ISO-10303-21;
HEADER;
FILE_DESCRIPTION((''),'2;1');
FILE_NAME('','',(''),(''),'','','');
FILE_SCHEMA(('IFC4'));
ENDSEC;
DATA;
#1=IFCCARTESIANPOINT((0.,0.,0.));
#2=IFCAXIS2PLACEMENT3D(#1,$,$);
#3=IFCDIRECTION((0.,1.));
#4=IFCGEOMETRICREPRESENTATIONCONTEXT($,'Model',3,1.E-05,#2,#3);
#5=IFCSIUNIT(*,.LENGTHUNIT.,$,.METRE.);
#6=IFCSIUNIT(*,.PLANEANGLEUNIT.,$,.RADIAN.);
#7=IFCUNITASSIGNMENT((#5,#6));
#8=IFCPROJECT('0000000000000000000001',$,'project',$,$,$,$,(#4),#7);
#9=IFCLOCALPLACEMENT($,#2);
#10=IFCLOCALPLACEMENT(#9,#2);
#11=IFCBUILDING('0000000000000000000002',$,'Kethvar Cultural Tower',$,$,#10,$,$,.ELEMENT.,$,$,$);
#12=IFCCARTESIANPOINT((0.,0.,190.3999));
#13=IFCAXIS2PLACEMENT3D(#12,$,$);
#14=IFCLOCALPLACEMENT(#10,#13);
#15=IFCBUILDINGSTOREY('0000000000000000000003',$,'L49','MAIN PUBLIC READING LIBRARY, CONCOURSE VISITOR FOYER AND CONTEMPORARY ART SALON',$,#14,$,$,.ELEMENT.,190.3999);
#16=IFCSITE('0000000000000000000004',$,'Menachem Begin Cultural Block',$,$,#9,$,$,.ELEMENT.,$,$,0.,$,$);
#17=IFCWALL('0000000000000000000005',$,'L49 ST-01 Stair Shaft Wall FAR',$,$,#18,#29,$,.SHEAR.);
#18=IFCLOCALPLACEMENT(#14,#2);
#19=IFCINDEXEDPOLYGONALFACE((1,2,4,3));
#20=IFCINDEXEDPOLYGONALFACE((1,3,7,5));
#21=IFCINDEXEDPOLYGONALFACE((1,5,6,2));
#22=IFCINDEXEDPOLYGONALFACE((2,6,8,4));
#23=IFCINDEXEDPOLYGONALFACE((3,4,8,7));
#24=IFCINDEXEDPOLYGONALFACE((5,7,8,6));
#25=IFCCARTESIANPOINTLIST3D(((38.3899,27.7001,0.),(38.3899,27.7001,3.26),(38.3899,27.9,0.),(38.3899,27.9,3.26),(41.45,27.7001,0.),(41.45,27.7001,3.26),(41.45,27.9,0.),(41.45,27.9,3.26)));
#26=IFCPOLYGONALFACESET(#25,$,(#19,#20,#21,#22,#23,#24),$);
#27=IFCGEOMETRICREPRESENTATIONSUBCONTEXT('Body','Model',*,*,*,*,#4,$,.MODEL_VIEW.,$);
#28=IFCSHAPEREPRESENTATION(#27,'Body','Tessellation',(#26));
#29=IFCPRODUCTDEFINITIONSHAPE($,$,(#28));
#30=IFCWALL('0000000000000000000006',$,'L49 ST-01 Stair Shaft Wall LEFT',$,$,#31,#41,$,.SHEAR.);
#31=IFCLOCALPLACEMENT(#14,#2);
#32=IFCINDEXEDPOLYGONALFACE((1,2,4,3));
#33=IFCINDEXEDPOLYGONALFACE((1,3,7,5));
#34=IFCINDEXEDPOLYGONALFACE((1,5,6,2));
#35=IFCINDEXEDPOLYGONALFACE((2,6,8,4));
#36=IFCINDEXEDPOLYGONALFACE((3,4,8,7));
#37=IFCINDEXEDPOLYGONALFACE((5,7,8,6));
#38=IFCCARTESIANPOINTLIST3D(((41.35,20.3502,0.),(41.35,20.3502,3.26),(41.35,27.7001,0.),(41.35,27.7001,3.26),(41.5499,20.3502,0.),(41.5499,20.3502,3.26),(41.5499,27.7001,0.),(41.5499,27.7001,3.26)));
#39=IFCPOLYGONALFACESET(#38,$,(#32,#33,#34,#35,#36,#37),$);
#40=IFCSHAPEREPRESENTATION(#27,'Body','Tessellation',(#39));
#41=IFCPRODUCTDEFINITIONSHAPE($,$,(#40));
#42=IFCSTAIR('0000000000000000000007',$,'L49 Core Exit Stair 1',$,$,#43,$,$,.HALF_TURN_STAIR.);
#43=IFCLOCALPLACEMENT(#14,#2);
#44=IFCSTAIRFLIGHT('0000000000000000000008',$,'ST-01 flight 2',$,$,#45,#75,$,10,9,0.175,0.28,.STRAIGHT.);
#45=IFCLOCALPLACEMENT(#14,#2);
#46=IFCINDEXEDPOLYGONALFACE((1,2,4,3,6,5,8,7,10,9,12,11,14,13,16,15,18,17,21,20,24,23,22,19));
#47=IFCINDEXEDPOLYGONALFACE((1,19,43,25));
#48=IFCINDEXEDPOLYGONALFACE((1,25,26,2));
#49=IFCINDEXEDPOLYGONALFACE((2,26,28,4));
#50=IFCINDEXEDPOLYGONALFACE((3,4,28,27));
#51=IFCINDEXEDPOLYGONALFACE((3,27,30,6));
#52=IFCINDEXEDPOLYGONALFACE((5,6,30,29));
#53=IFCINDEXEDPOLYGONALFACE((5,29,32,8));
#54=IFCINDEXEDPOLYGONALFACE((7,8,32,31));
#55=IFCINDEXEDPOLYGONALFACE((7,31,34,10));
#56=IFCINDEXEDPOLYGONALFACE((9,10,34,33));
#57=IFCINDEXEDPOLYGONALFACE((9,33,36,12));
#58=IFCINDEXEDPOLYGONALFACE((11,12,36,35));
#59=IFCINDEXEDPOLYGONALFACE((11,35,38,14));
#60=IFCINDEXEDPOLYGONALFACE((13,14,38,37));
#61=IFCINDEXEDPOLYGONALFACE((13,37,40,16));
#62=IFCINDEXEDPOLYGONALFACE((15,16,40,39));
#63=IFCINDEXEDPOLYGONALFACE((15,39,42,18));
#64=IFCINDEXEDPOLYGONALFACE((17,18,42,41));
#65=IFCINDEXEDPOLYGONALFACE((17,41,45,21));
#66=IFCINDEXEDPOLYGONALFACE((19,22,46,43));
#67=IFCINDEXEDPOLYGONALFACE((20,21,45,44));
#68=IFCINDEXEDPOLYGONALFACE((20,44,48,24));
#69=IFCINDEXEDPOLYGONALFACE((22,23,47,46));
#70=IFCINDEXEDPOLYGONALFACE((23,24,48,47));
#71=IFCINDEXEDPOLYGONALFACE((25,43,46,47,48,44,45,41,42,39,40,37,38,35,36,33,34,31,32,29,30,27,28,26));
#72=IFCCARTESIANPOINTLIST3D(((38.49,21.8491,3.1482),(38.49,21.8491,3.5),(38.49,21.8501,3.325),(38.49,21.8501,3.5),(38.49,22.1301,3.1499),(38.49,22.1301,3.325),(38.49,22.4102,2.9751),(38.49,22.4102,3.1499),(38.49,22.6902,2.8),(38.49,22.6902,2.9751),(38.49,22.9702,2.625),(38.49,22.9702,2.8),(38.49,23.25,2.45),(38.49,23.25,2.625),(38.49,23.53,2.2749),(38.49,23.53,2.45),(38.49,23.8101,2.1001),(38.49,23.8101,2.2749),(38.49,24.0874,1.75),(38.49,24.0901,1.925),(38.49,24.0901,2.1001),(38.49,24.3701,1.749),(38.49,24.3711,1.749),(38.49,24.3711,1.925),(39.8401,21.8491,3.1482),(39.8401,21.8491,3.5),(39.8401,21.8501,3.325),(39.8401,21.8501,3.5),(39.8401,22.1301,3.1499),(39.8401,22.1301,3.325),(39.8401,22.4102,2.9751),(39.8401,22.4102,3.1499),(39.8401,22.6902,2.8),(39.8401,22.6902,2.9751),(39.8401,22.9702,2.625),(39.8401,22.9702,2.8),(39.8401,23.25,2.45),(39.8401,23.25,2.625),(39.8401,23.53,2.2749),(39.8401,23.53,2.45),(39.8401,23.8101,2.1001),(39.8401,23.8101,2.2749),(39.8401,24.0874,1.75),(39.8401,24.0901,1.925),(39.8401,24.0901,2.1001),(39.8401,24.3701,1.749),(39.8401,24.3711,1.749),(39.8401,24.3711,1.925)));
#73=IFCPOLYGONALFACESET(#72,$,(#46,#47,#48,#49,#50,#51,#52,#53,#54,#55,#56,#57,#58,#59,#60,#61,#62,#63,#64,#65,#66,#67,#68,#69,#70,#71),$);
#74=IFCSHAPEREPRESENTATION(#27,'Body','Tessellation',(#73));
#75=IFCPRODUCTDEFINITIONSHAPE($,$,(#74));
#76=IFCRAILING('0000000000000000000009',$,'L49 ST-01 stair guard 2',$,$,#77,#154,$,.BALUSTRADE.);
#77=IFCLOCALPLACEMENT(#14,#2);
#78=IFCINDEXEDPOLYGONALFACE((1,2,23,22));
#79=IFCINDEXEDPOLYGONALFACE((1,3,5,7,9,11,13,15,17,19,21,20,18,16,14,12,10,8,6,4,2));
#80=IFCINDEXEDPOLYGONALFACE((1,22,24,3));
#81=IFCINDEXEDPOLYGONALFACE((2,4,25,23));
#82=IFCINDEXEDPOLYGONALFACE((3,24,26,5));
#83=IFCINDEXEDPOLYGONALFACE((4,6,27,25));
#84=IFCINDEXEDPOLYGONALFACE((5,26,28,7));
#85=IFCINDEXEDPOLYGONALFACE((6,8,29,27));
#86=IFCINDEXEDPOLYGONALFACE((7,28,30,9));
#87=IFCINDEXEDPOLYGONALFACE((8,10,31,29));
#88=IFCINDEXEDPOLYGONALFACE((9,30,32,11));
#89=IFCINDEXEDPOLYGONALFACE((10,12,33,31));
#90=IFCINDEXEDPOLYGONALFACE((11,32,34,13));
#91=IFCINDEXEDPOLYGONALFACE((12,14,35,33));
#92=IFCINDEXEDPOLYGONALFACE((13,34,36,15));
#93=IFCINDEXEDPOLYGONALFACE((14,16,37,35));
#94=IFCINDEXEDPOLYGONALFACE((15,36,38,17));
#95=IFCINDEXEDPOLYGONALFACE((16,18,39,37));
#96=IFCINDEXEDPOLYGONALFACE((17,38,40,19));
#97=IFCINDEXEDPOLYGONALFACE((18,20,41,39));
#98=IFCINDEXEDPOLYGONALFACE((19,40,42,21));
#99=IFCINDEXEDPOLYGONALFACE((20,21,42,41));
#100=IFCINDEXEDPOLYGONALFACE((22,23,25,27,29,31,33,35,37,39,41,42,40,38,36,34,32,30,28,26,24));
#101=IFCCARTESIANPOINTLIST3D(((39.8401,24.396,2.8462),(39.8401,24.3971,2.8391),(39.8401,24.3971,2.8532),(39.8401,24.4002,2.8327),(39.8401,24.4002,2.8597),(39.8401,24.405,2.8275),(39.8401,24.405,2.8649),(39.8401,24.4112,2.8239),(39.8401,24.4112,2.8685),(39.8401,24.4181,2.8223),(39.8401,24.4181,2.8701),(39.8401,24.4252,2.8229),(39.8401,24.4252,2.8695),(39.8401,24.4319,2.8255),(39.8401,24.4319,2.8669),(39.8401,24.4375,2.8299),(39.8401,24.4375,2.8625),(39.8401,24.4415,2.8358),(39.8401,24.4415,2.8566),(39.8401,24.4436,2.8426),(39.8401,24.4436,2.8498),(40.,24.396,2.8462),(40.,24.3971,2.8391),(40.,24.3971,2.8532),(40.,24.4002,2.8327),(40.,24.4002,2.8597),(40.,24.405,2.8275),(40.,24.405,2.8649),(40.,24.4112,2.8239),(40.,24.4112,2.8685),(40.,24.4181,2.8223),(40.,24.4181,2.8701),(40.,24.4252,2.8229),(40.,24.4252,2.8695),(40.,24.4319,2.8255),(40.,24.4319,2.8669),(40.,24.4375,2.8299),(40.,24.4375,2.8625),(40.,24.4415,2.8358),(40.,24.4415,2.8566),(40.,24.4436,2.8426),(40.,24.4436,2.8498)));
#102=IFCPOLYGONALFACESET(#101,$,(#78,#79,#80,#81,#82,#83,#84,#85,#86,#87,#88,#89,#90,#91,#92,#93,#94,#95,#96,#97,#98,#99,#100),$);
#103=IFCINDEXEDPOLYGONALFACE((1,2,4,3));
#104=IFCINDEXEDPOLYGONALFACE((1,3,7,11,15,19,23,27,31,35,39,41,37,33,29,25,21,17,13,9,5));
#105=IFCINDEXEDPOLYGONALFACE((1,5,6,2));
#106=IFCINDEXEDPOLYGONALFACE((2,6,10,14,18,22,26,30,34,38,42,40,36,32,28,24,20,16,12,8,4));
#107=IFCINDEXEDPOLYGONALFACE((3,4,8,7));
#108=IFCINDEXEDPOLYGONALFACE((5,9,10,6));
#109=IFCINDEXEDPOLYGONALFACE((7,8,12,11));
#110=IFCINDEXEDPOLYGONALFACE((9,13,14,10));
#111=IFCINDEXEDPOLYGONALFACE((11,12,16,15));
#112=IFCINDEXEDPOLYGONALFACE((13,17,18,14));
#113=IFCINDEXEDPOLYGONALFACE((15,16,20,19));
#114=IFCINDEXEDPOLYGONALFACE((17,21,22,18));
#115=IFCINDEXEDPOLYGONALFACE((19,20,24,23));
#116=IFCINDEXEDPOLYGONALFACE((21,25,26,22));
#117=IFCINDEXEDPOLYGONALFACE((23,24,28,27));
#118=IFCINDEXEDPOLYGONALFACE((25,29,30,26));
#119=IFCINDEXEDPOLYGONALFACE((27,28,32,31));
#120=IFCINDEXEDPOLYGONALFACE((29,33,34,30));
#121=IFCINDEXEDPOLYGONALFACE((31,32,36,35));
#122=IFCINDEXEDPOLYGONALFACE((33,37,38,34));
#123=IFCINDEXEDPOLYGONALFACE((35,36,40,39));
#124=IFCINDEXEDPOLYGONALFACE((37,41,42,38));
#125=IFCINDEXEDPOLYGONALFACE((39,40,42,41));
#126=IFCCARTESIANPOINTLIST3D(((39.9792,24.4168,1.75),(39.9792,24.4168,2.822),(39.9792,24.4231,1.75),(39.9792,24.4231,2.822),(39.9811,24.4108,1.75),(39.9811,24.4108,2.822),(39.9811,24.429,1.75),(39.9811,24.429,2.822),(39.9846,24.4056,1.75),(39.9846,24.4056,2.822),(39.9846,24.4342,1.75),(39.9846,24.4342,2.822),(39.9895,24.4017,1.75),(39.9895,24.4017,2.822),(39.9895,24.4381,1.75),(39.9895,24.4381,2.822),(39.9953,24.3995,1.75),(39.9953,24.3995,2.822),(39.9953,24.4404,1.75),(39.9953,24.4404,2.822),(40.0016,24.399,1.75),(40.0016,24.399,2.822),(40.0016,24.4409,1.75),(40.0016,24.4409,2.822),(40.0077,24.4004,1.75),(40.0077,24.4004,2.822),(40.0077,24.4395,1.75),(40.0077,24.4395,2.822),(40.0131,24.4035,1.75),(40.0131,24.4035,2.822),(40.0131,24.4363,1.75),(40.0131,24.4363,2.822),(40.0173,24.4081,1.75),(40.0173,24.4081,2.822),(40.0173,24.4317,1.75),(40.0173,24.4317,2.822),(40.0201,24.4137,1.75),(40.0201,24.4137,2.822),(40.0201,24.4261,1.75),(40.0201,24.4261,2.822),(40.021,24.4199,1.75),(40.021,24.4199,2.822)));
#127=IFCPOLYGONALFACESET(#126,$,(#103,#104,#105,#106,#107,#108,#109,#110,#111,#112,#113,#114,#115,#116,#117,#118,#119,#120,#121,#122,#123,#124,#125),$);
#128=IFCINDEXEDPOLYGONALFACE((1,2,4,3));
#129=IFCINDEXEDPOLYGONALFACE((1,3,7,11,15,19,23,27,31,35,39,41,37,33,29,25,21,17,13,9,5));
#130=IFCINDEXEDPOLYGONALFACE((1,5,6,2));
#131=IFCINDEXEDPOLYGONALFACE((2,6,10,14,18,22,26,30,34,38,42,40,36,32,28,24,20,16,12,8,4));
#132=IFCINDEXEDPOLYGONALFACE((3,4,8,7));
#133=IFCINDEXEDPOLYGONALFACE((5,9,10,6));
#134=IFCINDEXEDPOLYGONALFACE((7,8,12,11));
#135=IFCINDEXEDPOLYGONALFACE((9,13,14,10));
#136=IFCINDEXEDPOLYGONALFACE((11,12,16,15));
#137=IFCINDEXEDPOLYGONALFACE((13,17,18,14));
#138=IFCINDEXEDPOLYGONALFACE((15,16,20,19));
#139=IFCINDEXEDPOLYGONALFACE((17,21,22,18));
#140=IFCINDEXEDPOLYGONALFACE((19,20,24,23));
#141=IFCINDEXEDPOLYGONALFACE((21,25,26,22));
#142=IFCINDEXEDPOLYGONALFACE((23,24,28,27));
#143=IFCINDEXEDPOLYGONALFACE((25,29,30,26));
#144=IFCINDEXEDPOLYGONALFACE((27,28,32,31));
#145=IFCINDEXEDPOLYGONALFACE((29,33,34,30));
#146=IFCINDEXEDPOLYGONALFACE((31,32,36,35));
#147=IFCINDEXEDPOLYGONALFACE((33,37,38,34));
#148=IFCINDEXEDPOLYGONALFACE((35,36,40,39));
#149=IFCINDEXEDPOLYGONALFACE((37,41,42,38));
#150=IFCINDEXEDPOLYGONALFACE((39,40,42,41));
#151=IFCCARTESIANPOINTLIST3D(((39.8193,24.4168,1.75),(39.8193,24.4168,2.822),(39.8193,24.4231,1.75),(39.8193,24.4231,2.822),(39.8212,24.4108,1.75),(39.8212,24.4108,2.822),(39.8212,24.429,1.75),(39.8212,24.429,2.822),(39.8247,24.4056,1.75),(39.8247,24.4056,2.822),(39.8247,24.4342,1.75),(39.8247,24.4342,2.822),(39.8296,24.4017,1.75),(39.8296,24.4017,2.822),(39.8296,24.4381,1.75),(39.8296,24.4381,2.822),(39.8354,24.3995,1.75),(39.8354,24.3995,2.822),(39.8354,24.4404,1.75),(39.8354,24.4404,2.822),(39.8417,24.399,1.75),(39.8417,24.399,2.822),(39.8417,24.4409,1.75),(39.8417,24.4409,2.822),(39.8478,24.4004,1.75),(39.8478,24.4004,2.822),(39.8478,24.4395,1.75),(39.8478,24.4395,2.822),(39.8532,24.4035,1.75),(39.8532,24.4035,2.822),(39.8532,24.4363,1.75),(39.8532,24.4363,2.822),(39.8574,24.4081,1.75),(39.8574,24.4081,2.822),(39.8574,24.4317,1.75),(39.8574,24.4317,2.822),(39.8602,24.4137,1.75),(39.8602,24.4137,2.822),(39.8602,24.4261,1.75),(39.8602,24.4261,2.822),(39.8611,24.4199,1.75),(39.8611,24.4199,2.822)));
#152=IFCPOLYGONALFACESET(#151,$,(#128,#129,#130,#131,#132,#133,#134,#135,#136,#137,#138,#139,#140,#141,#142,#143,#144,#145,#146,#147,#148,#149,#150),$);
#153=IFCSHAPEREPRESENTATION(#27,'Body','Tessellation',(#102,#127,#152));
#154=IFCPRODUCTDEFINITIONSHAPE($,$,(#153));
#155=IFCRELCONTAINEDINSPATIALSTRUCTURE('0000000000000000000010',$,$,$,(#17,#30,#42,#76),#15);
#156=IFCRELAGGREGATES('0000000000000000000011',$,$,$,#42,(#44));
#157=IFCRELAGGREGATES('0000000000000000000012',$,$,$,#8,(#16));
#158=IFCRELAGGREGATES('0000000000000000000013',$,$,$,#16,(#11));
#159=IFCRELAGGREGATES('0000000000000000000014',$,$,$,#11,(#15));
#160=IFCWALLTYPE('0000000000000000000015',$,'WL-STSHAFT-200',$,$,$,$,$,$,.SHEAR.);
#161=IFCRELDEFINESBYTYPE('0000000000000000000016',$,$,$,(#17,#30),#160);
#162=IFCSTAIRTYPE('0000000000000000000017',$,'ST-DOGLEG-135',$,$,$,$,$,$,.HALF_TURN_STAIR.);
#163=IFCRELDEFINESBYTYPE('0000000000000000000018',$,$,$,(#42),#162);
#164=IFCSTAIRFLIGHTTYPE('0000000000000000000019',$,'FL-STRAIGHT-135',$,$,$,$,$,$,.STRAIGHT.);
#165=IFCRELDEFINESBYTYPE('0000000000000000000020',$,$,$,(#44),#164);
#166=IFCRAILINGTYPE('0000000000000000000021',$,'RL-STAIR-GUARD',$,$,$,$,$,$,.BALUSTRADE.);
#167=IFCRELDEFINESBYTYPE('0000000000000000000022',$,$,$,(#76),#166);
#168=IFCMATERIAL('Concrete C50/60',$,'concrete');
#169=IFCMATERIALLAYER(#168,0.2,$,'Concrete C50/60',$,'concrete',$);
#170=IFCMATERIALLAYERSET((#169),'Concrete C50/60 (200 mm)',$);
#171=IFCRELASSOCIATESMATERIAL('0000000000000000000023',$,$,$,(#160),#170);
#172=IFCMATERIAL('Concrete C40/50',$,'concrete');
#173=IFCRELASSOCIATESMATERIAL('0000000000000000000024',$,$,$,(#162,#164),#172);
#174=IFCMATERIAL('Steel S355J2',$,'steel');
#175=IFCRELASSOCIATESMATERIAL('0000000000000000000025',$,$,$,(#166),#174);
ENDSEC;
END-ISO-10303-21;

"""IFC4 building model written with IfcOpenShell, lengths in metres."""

from ifc_helpers import new_model, si_unit, direction, frame, frame_2d, origin, origin_2d, place, context, subcontext, project, spatial, polyline, rectangle, circle, outline, extrude, material, layer, layer_set, type_object, element, aggregate, save


model = new_model("IFC4")

# Units and contexts
model_context = context("Model", 3, precision=1e-05, world=origin(), true_north=direction((0.0, 1.0)))
body_context = subcontext(model_context, "Body", "Model", "MODEL_VIEW")
ifc_project = project(units=[si_unit("LENGTHUNIT", "METRE"), si_unit("PLANEANGLEUNIT", "RADIAN")], contexts=[model_context])

# Site, building, storey
site_placement = place(None, origin())
site = spatial("IfcSite", under=ifc_project, at=site_placement, Name="Menachem Begin Cultural Block", CompositionType="ELEMENT", RefElevation=0.0)
building_placement = place(site_placement, origin())
building = spatial("IfcBuilding", under=site, at=building_placement, Name="Kethvar Cultural Tower", CompositionType="ELEMENT")
storey_placement = place(building_placement, frame((0.0, 0.0, 190.3999)))
storey = spatial("IfcBuildingStorey", under=building, at=storey_placement, Name="L49", Description="MAIN PUBLIC READING LIBRARY, CONCOURSE VISITOR FOYER AND CONTEMPORARY ART SALON", CompositionType="ELEMENT", Elevation=190.3999)

# Shared definitions
ifc_material_1 = material(Name="Steel S355J2", Category="steel")

# Shared definitions
ifc_material_2 = material(Name="Concrete C40/50", Category="concrete")

# Shared definitions
ifc_material_3 = material(Name="Concrete C50/60", Category="concrete")

# Walls
ifc_layer_1 = layer(ifc_material_3, 0.2, Name="Concrete C50/60", Category="concrete")
ifc_layer_set_1 = layer_set([ifc_layer_1], Name="Concrete C50/60 (200 mm)")
wall_type_1 = type_object("IfcWallType", Name="WL-STSHAFT-200", PredefinedType="SHEAR", material=ifc_layer_set_1)
wall_1_placement = place(storey_placement, frame((38.3899, 27.8, 0.0), z_axis=(0.0, 0.0, 1.0), x_axis=(1.0, 0.0, 0.0)))
element("IfcWall", 1, at=wall_1_placement, inside=storey, type_object=wall_type_1, Name="L49 ST-01 Stair Shaft Wall FAR", PredefinedType="SHEAR", context=body_context, shape_type="SweptSolid", body=[
    extrude(rectangle(XDim=3.0601, YDim=0.2, at=frame_2d((1.53, 0.0))), origin(), (0.0, 0.0, 1.0), 3.26),
])
wall_2_placement = place(storey_placement, frame((41.45, 27.7, 0.0), z_axis=(0.0, 0.0, 1.0), x_axis=(0.0, -1.0, 0.0)))
element("IfcWall", 2, at=wall_2_placement, inside=storey, type_object=wall_type_1, Name="L49 ST-01 Stair Shaft Wall LEFT", PredefinedType="SHEAR", context=body_context, shape_type="SweptSolid", body=[
    extrude(rectangle(XDim=7.3499, YDim=0.2, at=frame_2d((3.6748, 0.0))), origin(), (0.0, 0.0, 1.0), 3.26),
])

# Stair, stair flight
stair_type = type_object("IfcStairType", Name="ST-DOGLEG-135", PredefinedType="HALF_TURN_STAIR", material=ifc_material_2)
stair_placement = place(storey_placement, origin())
stair = element("IfcStair", 3, at=stair_placement, inside=storey, type_object=stair_type, Name="L49 Core Exit Stair 1", PredefinedType="HALF_TURN_STAIR")
stair_flight_type = type_object("IfcStairFlightType", Name="FL-STRAIGHT-135", PredefinedType="STRAIGHT", material=ifc_material_2)
stair_flight_placement = place(storey_placement, frame((39.165, 24.3701, 1.75), z_axis=(0.0, 0.0, 1.0), x_axis=(0.0, -1.0, 0.0)))
stair_flight = element("IfcStairFlight", 4, at=stair_flight_placement, type_object=stair_flight_type, Name="ST-01 flight 2", NumberOfRisers=10, NumberOfTreads=9, PredefinedType="STRAIGHT", RiserHeight=0.175, TreadLength=0.28, context=body_context, shape_type="SweptSolid", body=[
    extrude(outline(polyline([(-0.001, -0.001), (-0.001, 0.175), (0.28, 0.175), (0.28, 0.3501), (0.5601, 0.3501), (0.5601, 0.5249), (0.8401, 0.5249), (0.8401, 0.7), (1.1201, 0.7), (1.1201, 0.875), (1.3999, 0.875), (1.3999, 1.05), (1.6799, 1.05), (1.6799, 1.2251), (1.96, 1.2251), (1.96, 1.3999), (2.24, 1.3999), (2.24, 1.575), (2.52, 1.575), (2.52, 1.75), (2.521, 1.75), (2.521, 1.3982), (0.2827, 0.0), (0.0, -0.001), (-0.001, -0.001)])), frame((0.0, 0.675, 0.0), z_axis=(0.0, -1.0, 0.0), x_axis=(1.0, 0.0, 0.0)), (0.0, 0.0, 1.0), 1.3501),
])
aggregate(stair, [stair_flight])

# Railing
railing_type_1 = type_object("IfcRailingType", Name="RL-STAIR-GUARD", PredefinedType="BALUSTRADE", material=ifc_material_1)
railing_1_placement = place(storey_placement, frame((40.0, 24.4199, 1.75)))
element("IfcRailing", 5, at=railing_1_placement, inside=storey, type_object=railing_type_1, Name="L49 ST-01 stair guard 2", PredefinedType="BALUSTRADE", context=body_context, shape_type="SweptSolid", body=[
    extrude(circle(Radius=0.0239, at=origin_2d()), frame((0.0, 0.0, 1.0962), z_axis=(-1.0, 0.0, 0.0), x_axis=(0.0, -1.0, 0.0)), (0.0, 0.0, 1.0), 0.1599),
    extrude(circle(Radius=0.021, at=origin_2d()), origin(), (0.0, 0.0, 1.0), 1.072),
    extrude(circle(Radius=0.021, at=origin_2d()), frame((-0.1599, 0.0, 0.0)), (0.0, 0.0, 1.0), 1.072),
])

save(model, "model.ifc")
